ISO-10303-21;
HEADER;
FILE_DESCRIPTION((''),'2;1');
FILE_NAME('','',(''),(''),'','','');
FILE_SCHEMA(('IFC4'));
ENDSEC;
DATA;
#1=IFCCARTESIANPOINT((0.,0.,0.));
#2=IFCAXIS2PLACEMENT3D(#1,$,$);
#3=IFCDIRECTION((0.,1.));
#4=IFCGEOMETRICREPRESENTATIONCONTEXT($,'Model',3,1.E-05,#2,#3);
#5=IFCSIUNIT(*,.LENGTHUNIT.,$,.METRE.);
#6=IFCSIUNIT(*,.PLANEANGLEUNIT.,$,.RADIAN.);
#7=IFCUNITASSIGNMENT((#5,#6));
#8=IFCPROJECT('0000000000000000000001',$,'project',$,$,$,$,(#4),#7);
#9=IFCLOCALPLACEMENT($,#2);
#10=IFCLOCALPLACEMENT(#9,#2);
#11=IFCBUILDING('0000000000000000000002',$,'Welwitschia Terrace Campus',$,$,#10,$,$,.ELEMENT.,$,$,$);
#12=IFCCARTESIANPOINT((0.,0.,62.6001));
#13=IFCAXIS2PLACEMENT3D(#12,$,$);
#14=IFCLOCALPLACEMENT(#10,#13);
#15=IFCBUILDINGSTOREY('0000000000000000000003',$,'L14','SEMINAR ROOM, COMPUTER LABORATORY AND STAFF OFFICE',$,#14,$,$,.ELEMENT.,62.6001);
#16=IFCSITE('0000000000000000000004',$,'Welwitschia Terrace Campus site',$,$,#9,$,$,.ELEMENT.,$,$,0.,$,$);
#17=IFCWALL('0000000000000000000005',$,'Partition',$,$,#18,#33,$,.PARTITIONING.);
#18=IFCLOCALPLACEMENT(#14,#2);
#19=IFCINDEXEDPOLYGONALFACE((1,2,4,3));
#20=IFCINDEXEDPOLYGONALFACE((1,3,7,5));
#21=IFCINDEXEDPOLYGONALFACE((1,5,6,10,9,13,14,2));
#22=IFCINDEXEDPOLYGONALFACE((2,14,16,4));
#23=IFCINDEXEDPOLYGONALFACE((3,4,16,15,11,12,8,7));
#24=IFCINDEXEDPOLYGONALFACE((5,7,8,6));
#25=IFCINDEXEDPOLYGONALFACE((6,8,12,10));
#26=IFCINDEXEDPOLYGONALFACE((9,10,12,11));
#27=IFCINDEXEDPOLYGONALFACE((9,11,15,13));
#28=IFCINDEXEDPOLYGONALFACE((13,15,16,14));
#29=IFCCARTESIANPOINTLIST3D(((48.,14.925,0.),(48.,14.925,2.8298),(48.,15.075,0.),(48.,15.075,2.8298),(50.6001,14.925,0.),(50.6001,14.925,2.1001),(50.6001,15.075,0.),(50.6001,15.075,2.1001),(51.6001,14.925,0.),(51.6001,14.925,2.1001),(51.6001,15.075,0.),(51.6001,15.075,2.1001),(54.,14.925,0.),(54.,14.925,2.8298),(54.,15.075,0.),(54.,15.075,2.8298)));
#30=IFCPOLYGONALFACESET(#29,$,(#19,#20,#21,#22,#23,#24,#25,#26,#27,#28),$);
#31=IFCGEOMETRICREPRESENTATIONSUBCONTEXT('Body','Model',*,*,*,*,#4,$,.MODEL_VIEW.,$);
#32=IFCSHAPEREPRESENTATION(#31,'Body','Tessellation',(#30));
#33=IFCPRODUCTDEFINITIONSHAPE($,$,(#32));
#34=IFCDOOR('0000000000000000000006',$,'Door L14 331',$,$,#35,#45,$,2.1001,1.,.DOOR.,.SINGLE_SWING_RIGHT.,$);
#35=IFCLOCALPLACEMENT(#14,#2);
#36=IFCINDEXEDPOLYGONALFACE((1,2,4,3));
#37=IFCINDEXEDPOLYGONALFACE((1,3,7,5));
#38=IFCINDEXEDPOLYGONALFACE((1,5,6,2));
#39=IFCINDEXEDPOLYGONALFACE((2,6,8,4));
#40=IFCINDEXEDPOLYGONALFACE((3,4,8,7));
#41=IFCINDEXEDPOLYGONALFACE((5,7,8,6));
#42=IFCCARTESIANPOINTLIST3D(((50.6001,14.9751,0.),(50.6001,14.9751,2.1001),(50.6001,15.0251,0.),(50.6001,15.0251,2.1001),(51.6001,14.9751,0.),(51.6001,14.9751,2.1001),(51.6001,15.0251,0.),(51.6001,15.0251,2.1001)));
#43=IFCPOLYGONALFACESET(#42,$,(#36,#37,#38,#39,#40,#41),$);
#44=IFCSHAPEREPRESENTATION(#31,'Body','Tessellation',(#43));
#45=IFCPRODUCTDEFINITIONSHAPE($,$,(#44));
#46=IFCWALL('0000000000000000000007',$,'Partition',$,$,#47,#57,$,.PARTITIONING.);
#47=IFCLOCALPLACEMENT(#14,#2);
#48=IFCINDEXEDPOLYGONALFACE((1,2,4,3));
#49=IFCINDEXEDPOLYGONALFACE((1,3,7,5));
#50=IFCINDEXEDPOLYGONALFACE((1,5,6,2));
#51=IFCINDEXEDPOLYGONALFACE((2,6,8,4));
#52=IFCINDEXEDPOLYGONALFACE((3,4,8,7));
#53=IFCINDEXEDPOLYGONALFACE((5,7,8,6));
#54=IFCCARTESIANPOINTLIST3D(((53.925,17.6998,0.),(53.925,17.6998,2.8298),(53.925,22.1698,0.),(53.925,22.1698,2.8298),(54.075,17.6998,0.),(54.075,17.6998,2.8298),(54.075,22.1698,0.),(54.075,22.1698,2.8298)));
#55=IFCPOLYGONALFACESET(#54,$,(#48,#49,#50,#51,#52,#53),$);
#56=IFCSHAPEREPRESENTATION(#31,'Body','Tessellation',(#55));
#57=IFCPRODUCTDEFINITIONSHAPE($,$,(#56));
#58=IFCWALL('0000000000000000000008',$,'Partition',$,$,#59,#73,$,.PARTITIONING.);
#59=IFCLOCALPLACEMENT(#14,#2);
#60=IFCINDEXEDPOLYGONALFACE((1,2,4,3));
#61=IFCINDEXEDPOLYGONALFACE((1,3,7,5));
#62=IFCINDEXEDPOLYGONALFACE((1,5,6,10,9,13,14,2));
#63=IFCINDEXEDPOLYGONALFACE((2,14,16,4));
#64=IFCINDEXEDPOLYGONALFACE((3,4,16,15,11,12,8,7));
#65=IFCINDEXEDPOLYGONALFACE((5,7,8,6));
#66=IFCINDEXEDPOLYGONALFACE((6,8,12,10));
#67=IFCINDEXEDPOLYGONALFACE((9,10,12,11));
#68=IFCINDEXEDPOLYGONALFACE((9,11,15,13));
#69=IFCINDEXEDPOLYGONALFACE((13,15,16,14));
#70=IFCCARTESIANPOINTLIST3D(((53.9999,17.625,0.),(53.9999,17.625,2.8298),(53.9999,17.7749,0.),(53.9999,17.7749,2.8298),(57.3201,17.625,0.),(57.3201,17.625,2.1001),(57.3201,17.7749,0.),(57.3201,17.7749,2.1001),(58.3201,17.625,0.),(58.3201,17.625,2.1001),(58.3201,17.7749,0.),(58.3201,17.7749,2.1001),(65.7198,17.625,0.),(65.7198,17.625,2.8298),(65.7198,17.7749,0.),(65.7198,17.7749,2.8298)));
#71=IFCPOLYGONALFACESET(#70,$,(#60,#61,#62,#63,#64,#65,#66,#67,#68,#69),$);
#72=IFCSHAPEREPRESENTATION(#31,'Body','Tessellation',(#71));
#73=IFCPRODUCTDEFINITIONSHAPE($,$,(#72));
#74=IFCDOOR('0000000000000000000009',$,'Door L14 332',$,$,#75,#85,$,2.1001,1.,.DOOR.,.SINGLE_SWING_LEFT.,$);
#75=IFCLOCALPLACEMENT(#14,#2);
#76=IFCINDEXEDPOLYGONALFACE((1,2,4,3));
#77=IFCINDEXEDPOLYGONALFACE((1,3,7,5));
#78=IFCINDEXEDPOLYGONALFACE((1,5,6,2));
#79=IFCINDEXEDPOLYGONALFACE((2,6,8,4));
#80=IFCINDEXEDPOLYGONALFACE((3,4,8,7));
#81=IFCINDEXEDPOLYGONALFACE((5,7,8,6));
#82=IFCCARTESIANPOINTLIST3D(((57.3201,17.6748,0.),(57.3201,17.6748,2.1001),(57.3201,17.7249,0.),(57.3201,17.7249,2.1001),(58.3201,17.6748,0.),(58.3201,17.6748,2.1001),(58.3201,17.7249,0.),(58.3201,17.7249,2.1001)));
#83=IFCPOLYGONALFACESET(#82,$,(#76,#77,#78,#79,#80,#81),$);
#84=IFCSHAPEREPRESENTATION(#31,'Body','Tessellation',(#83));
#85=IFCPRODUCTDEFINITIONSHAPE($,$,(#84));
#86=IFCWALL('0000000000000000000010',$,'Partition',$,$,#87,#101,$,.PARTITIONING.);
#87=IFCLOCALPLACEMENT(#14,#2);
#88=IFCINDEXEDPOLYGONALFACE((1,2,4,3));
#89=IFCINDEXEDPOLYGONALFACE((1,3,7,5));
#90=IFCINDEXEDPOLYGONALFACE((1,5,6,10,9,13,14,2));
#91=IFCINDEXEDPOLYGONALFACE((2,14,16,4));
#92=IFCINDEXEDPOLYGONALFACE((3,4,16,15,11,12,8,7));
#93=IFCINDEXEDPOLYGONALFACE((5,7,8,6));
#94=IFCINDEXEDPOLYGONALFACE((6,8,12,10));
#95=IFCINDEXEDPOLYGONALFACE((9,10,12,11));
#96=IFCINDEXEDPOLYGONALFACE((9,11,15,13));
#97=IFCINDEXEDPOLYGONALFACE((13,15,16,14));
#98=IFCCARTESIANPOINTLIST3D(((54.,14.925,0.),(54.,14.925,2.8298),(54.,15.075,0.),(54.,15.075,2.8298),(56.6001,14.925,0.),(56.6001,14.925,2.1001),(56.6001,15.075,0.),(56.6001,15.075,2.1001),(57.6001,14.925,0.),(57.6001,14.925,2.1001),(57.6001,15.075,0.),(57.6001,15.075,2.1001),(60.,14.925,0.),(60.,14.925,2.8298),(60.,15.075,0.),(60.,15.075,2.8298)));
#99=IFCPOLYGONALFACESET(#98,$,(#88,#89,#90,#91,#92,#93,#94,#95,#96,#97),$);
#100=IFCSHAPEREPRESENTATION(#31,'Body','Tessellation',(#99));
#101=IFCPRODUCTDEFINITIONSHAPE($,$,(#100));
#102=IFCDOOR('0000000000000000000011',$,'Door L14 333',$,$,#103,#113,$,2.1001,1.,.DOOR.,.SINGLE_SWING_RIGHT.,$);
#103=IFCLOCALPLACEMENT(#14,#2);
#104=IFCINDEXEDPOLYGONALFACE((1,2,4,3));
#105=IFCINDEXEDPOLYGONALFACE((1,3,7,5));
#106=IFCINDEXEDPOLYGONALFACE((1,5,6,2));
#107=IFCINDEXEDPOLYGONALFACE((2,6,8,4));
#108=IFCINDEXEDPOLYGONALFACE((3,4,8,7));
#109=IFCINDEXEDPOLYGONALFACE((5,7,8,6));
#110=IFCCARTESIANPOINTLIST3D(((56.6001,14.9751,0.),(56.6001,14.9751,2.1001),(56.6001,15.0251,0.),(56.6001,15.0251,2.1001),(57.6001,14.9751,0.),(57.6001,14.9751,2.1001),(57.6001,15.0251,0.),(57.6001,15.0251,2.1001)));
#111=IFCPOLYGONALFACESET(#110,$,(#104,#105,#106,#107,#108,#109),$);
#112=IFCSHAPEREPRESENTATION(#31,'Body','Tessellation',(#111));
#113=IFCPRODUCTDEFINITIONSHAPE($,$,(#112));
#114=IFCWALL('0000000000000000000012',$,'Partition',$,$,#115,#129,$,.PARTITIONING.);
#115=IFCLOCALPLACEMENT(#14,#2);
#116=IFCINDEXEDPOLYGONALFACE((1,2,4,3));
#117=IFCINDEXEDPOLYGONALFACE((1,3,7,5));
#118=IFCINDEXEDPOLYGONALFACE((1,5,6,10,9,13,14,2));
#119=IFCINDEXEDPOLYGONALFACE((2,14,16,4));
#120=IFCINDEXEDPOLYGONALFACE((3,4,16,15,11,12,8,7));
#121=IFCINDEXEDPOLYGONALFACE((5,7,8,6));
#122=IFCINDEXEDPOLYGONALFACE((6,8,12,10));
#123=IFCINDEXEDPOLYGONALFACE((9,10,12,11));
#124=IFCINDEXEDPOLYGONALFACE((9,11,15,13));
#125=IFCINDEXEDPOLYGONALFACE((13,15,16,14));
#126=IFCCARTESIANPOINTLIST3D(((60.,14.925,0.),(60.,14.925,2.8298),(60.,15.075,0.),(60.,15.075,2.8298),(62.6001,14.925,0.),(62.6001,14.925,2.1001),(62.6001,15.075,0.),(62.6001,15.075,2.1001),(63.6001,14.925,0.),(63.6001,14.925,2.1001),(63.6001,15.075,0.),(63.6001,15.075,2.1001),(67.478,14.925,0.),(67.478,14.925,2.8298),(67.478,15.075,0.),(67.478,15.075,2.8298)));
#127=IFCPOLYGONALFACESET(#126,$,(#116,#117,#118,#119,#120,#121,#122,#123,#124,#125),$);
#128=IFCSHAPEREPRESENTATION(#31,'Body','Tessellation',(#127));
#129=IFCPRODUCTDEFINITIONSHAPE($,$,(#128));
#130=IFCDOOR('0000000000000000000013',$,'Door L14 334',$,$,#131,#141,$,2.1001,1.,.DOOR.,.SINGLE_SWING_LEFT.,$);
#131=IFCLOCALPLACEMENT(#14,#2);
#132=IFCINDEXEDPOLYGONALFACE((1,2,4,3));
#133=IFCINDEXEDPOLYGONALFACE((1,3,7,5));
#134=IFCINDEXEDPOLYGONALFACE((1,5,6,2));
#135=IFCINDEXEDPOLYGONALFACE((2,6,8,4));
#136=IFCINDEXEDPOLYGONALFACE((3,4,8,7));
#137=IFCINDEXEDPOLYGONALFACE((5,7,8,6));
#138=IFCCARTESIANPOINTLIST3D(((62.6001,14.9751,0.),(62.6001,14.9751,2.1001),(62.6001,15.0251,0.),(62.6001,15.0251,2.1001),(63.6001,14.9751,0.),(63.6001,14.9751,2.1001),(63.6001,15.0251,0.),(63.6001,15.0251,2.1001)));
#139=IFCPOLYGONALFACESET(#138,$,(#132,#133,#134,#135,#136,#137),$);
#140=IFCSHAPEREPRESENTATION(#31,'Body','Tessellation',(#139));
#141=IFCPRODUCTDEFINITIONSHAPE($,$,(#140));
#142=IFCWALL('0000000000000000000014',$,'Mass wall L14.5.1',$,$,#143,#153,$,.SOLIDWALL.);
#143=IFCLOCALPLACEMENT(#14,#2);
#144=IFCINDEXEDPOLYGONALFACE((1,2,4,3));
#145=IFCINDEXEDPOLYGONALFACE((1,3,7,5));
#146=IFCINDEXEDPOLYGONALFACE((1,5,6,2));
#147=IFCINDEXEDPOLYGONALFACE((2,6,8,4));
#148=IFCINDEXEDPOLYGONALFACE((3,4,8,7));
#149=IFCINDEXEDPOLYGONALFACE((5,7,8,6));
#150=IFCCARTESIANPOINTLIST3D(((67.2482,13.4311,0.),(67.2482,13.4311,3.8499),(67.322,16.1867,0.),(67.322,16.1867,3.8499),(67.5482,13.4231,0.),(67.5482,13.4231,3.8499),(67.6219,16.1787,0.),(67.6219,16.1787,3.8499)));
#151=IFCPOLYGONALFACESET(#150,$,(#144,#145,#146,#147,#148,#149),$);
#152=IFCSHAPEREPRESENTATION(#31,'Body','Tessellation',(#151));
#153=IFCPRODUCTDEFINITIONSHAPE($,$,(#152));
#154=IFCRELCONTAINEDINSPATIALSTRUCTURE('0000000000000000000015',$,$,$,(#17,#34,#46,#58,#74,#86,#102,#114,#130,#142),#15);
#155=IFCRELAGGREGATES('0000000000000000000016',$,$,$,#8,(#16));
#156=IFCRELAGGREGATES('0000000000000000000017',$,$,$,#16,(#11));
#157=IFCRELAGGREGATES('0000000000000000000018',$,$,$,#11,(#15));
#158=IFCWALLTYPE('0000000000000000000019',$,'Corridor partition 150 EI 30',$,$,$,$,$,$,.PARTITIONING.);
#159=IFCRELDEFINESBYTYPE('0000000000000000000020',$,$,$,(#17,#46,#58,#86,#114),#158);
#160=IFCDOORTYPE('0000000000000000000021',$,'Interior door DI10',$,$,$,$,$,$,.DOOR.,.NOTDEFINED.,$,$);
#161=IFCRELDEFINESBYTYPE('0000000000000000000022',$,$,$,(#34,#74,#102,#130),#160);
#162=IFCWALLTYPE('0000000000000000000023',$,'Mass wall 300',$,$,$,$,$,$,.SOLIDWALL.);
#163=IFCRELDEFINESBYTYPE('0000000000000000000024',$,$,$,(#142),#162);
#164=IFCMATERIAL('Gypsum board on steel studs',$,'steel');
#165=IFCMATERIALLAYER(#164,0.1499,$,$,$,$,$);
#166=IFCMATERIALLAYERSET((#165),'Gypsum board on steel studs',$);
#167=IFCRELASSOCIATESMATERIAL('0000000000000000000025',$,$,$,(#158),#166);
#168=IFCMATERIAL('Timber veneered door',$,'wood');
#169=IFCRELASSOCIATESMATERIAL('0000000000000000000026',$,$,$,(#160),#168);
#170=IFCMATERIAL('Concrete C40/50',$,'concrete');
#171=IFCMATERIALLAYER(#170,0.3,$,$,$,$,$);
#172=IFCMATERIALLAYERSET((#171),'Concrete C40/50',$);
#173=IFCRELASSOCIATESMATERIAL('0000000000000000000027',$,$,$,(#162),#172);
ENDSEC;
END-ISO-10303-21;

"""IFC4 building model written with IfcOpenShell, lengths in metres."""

from ifc_helpers import new_model, si_unit, direction, frame, frame_2d, origin, place, context, subcontext, project, spatial, rectangle, extrude, material, layer, layer_set, type_object, element, fill, save


model = new_model("IFC4")

# Units and contexts
model_context = context("Model", 3, precision=1e-05, world=origin(), true_north=direction((0.0, 1.0)))
body_context = subcontext(model_context, "Body", "Model", "MODEL_VIEW")
ifc_project = project(units=[si_unit("LENGTHUNIT", "METRE"), si_unit("PLANEANGLEUNIT", "RADIAN")], contexts=[model_context])

# Site, building, storey
site_placement = place(None, origin())
site = spatial("IfcSite", under=ifc_project, at=site_placement, Name="Welwitschia Terrace Campus site", CompositionType="ELEMENT", RefElevation=0.0)
building_placement = place(site_placement, origin())
building = spatial("IfcBuilding", under=site, at=building_placement, Name="Welwitschia Terrace Campus", CompositionType="ELEMENT")
storey_placement = place(building_placement, frame((0.0, 0.0, 62.6001)))
storey = spatial("IfcBuildingStorey", under=building, at=storey_placement, Name="L14", Description="SEMINAR ROOM, COMPUTER LABORATORY AND STAFF OFFICE", CompositionType="ELEMENT", Elevation=62.6001)

# Shared definitions
ifc_material_1 = material(Name="Gypsum board on steel studs", Category="steel")
ifc_layer_1 = layer(ifc_material_1, 0.1499)
ifc_layer_set_1 = layer_set([ifc_layer_1], Name="Gypsum board on steel studs")
wall_type_1 = type_object("IfcWallType", Name="Corridor partition 150 EI 30", PredefinedType="PARTITIONING", material=ifc_layer_set_1)

# Wall, opening, door
ifc_material_2 = material(Name="Timber veneered door", Category="wood")
door_type = type_object("IfcDoorType", Name="Interior door DI10", OperationType="NOTDEFINED", PredefinedType="DOOR", material=ifc_material_2)
wall_1_placement = place(storey_placement, frame((54.0, 15.0, 0.0), z_axis=(0.0, 0.0, 1.0), x_axis=(-1.0, 0.0, 0.0)))
wall_1 = element("IfcWall", 1, at=wall_1_placement, inside=storey, type_object=wall_type_1, Name="Partition", PredefinedType="PARTITIONING", context=body_context, shape_type="SweptSolid", body=[
    extrude(rectangle(XDim=6.0, YDim=0.1499, at=frame_2d((3.0, 0.0))), origin(), (0.0, 0.0, 1.0), 2.8298),
])
opening_1_placement = place(wall_1_placement, frame((2.3999, 0.0, 0.0)))
opening_1 = element("IfcOpeningElement", 2, at=opening_1_placement, cuts=wall_1, PredefinedType="OPENING", context=body_context, shape_type="SweptSolid", body=[
    extrude(rectangle(XDim=1.0, YDim=2.1001, at=frame_2d((0.5, 1.05))), frame((0.0, 0.085, 0.0), z_axis=(0.0, -1.0, 0.0), x_axis=(1.0, 0.0, 0.0)), (0.0, 0.0, 1.0), 0.1699),
])
door_1_placement = place(opening_1_placement, origin())
door_1 = element("IfcDoor", 3, at=door_1_placement, inside=storey, type_object=door_type, Name="Door L14 331", OperationType="SINGLE_SWING_RIGHT", OverallHeight=2.1001, OverallWidth=1.0, PredefinedType="DOOR", context=body_context, shape_type="SweptSolid", body=[
    extrude(rectangle(XDim=1.0, YDim=2.1001, at=frame_2d((0.5, 1.05))), frame((0.0, 0.0249, 0.0), z_axis=(0.0, -1.0, 0.0), x_axis=(1.0, 0.0, 0.0)), (0.0, 0.0, 1.0), 0.05),
])
fill(opening_1, door_1)

# Wall
wall_2_placement = place(storey_placement, frame((54.0, 17.7, 0.0), z_axis=(0.0, 0.0, 1.0), x_axis=(0.0, 1.0, 0.0)))
element("IfcWall", 4, at=wall_2_placement, inside=storey, type_object=wall_type_1, Name="Partition", PredefinedType="PARTITIONING", context=body_context, shape_type="SweptSolid", body=[
    extrude(rectangle(XDim=4.47, YDim=0.1499, at=frame_2d((2.2349, 0.0))), origin(), (0.0, 0.0, 1.0), 2.8298),
])

# Walls, openings, doors
wall_3_placement = place(storey_placement, frame((54.0, 17.7, 0.0), z_axis=(0.0, 0.0, 1.0), x_axis=(1.0, 0.0, 0.0)))
wall_3 = element("IfcWall", 5, at=wall_3_placement, inside=storey, type_object=wall_type_1, Name="Partition", PredefinedType="PARTITIONING", context=body_context, shape_type="SweptSolid", body=[
    extrude(rectangle(XDim=11.72, YDim=0.1499, at=frame_2d((5.8599, 0.0))), origin(), (0.0, 0.0, 1.0), 2.8298),
])
opening_2_placement = place(wall_3_placement, frame((3.3201, 0.0, 0.0)))
opening_2 = element("IfcOpeningElement", 6, at=opening_2_placement, cuts=wall_3, PredefinedType="OPENING", context=body_context, shape_type="SweptSolid", body=[
    extrude(rectangle(XDim=1.0, YDim=2.1001, at=frame_2d((0.5, 1.05))), frame((0.0, 0.085, 0.0), z_axis=(0.0, -1.0, 0.0), x_axis=(1.0, 0.0, 0.0)), (0.0, 0.0, 1.0), 0.1699),
])
door_2_placement = place(opening_2_placement, origin())
door_2 = element("IfcDoor", 7, at=door_2_placement, inside=storey, type_object=door_type, Name="Door L14 332", OperationType="SINGLE_SWING_LEFT", OverallHeight=2.1001, OverallWidth=1.0, PredefinedType="DOOR", context=body_context, shape_type="SweptSolid", body=[
    extrude(rectangle(XDim=1.0, YDim=2.1001, at=frame_2d((0.5, 1.05))), frame((0.0, 0.0249, 0.0), z_axis=(0.0, -1.0, 0.0), x_axis=(1.0, 0.0, 0.0)), (0.0, 0.0, 1.0), 0.05),
])
fill(opening_2, door_2)
wall_4_placement = place(storey_placement, frame((60.0, 15.0, 0.0), z_axis=(0.0, 0.0, 1.0), x_axis=(-1.0, 0.0, 0.0)))
wall_4 = element("IfcWall", 8, at=wall_4_placement, inside=storey, type_object=wall_type_1, Name="Partition", PredefinedType="PARTITIONING", context=body_context, shape_type="SweptSolid", body=[
    extrude(rectangle(XDim=6.0, YDim=0.1499, at=frame_2d((3.0, 0.0))), origin(), (0.0, 0.0, 1.0), 2.8298),
])
opening_3_placement = place(wall_4_placement, frame((2.3999, 0.0, 0.0)))
opening_3 = element("IfcOpeningElement", 9, at=opening_3_placement, cuts=wall_4, PredefinedType="OPENING", context=body_context, shape_type="SweptSolid", body=[
    extrude(rectangle(XDim=1.0, YDim=2.1001, at=frame_2d((0.5, 1.05))), frame((0.0, 0.085, 0.0), z_axis=(0.0, -1.0, 0.0), x_axis=(1.0, 0.0, 0.0)), (0.0, 0.0, 1.0), 0.1699),
])
door_3_placement = place(opening_3_placement, origin())
door_3 = element("IfcDoor", 10, at=door_3_placement, inside=storey, type_object=door_type, Name="Door L14 333", OperationType="SINGLE_SWING_RIGHT", OverallHeight=2.1001, OverallWidth=1.0, PredefinedType="DOOR", context=body_context, shape_type="SweptSolid", body=[
    extrude(rectangle(XDim=1.0, YDim=2.1001, at=frame_2d((0.5, 1.05))), frame((0.0, 0.0249, 0.0), z_axis=(0.0, -1.0, 0.0), x_axis=(1.0, 0.0, 0.0)), (0.0, 0.0, 1.0), 0.05),
])
fill(opening_3, door_3)
wall_5_placement = place(storey_placement, frame((67.478, 15.0, 0.0), z_axis=(0.0, 0.0, 1.0), x_axis=(-1.0, 0.0, 0.0)))
wall_5 = element("IfcWall", 11, at=wall_5_placement, inside=storey, type_object=wall_type_1, Name="Partition", PredefinedType="PARTITIONING", context=body_context, shape_type="SweptSolid", body=[
    extrude(rectangle(XDim=7.478, YDim=0.1499, at=frame_2d((3.739, 0.0))), origin(), (0.0, 0.0, 1.0), 2.8298),
])
opening_4_placement = place(wall_5_placement, frame((3.8779, 0.0, 0.0)))
opening_4 = element("IfcOpeningElement", 12, at=opening_4_placement, cuts=wall_5, PredefinedType="OPENING", context=body_context, shape_type="SweptSolid", body=[
    extrude(rectangle(XDim=1.0, YDim=2.1001, at=frame_2d((0.5, 1.05))), frame((0.0, 0.085, 0.0), z_axis=(0.0, -1.0, 0.0), x_axis=(1.0, 0.0, 0.0)), (0.0, 0.0, 1.0), 0.1699),
])
door_4_placement = place(opening_4_placement, origin())
door_4 = element("IfcDoor", 13, at=door_4_placement, inside=storey, type_object=door_type, Name="Door L14 334", OperationType="SINGLE_SWING_LEFT", OverallHeight=2.1001, OverallWidth=1.0, PredefinedType="DOOR", context=body_context, shape_type="SweptSolid", body=[
    extrude(rectangle(XDim=1.0, YDim=2.1001, at=frame_2d((0.5, 1.05))), frame((0.0, 0.0249, 0.0), z_axis=(0.0, -1.0, 0.0), x_axis=(1.0, 0.0, 0.0)), (0.0, 0.0, 1.0), 0.05),
])
fill(opening_4, door_4)

# Wall
ifc_material_3 = material(Name="Concrete C40/50", Category="concrete")
ifc_layer_2 = layer(ifc_material_3, 0.3)
ifc_layer_set_2 = layer_set([ifc_layer_2], Name="Concrete C40/50")
wall_type_2 = type_object("IfcWallType", Name="Mass wall 300", PredefinedType="SOLIDWALL", material=ifc_layer_set_2)
wall_6_placement = place(storey_placement, frame((67.3982, 13.427, 0.0), z_axis=(0.0, 0.0, 1.0), x_axis=(0.026747, 0.999642, 0.0)))
element("IfcWall", 14, at=wall_6_placement, inside=storey, type_object=wall_type_2, Name="Mass wall L14.5.1", PredefinedType="SOLIDWALL", context=body_context, shape_type="SweptSolid", body=[
    extrude(rectangle(XDim=2.7566, YDim=0.3, at=frame_2d((1.3784, 0.0))), origin(), (0.0, 0.0, 1.0), 3.8499),
])

save(model, "model.ifc")
